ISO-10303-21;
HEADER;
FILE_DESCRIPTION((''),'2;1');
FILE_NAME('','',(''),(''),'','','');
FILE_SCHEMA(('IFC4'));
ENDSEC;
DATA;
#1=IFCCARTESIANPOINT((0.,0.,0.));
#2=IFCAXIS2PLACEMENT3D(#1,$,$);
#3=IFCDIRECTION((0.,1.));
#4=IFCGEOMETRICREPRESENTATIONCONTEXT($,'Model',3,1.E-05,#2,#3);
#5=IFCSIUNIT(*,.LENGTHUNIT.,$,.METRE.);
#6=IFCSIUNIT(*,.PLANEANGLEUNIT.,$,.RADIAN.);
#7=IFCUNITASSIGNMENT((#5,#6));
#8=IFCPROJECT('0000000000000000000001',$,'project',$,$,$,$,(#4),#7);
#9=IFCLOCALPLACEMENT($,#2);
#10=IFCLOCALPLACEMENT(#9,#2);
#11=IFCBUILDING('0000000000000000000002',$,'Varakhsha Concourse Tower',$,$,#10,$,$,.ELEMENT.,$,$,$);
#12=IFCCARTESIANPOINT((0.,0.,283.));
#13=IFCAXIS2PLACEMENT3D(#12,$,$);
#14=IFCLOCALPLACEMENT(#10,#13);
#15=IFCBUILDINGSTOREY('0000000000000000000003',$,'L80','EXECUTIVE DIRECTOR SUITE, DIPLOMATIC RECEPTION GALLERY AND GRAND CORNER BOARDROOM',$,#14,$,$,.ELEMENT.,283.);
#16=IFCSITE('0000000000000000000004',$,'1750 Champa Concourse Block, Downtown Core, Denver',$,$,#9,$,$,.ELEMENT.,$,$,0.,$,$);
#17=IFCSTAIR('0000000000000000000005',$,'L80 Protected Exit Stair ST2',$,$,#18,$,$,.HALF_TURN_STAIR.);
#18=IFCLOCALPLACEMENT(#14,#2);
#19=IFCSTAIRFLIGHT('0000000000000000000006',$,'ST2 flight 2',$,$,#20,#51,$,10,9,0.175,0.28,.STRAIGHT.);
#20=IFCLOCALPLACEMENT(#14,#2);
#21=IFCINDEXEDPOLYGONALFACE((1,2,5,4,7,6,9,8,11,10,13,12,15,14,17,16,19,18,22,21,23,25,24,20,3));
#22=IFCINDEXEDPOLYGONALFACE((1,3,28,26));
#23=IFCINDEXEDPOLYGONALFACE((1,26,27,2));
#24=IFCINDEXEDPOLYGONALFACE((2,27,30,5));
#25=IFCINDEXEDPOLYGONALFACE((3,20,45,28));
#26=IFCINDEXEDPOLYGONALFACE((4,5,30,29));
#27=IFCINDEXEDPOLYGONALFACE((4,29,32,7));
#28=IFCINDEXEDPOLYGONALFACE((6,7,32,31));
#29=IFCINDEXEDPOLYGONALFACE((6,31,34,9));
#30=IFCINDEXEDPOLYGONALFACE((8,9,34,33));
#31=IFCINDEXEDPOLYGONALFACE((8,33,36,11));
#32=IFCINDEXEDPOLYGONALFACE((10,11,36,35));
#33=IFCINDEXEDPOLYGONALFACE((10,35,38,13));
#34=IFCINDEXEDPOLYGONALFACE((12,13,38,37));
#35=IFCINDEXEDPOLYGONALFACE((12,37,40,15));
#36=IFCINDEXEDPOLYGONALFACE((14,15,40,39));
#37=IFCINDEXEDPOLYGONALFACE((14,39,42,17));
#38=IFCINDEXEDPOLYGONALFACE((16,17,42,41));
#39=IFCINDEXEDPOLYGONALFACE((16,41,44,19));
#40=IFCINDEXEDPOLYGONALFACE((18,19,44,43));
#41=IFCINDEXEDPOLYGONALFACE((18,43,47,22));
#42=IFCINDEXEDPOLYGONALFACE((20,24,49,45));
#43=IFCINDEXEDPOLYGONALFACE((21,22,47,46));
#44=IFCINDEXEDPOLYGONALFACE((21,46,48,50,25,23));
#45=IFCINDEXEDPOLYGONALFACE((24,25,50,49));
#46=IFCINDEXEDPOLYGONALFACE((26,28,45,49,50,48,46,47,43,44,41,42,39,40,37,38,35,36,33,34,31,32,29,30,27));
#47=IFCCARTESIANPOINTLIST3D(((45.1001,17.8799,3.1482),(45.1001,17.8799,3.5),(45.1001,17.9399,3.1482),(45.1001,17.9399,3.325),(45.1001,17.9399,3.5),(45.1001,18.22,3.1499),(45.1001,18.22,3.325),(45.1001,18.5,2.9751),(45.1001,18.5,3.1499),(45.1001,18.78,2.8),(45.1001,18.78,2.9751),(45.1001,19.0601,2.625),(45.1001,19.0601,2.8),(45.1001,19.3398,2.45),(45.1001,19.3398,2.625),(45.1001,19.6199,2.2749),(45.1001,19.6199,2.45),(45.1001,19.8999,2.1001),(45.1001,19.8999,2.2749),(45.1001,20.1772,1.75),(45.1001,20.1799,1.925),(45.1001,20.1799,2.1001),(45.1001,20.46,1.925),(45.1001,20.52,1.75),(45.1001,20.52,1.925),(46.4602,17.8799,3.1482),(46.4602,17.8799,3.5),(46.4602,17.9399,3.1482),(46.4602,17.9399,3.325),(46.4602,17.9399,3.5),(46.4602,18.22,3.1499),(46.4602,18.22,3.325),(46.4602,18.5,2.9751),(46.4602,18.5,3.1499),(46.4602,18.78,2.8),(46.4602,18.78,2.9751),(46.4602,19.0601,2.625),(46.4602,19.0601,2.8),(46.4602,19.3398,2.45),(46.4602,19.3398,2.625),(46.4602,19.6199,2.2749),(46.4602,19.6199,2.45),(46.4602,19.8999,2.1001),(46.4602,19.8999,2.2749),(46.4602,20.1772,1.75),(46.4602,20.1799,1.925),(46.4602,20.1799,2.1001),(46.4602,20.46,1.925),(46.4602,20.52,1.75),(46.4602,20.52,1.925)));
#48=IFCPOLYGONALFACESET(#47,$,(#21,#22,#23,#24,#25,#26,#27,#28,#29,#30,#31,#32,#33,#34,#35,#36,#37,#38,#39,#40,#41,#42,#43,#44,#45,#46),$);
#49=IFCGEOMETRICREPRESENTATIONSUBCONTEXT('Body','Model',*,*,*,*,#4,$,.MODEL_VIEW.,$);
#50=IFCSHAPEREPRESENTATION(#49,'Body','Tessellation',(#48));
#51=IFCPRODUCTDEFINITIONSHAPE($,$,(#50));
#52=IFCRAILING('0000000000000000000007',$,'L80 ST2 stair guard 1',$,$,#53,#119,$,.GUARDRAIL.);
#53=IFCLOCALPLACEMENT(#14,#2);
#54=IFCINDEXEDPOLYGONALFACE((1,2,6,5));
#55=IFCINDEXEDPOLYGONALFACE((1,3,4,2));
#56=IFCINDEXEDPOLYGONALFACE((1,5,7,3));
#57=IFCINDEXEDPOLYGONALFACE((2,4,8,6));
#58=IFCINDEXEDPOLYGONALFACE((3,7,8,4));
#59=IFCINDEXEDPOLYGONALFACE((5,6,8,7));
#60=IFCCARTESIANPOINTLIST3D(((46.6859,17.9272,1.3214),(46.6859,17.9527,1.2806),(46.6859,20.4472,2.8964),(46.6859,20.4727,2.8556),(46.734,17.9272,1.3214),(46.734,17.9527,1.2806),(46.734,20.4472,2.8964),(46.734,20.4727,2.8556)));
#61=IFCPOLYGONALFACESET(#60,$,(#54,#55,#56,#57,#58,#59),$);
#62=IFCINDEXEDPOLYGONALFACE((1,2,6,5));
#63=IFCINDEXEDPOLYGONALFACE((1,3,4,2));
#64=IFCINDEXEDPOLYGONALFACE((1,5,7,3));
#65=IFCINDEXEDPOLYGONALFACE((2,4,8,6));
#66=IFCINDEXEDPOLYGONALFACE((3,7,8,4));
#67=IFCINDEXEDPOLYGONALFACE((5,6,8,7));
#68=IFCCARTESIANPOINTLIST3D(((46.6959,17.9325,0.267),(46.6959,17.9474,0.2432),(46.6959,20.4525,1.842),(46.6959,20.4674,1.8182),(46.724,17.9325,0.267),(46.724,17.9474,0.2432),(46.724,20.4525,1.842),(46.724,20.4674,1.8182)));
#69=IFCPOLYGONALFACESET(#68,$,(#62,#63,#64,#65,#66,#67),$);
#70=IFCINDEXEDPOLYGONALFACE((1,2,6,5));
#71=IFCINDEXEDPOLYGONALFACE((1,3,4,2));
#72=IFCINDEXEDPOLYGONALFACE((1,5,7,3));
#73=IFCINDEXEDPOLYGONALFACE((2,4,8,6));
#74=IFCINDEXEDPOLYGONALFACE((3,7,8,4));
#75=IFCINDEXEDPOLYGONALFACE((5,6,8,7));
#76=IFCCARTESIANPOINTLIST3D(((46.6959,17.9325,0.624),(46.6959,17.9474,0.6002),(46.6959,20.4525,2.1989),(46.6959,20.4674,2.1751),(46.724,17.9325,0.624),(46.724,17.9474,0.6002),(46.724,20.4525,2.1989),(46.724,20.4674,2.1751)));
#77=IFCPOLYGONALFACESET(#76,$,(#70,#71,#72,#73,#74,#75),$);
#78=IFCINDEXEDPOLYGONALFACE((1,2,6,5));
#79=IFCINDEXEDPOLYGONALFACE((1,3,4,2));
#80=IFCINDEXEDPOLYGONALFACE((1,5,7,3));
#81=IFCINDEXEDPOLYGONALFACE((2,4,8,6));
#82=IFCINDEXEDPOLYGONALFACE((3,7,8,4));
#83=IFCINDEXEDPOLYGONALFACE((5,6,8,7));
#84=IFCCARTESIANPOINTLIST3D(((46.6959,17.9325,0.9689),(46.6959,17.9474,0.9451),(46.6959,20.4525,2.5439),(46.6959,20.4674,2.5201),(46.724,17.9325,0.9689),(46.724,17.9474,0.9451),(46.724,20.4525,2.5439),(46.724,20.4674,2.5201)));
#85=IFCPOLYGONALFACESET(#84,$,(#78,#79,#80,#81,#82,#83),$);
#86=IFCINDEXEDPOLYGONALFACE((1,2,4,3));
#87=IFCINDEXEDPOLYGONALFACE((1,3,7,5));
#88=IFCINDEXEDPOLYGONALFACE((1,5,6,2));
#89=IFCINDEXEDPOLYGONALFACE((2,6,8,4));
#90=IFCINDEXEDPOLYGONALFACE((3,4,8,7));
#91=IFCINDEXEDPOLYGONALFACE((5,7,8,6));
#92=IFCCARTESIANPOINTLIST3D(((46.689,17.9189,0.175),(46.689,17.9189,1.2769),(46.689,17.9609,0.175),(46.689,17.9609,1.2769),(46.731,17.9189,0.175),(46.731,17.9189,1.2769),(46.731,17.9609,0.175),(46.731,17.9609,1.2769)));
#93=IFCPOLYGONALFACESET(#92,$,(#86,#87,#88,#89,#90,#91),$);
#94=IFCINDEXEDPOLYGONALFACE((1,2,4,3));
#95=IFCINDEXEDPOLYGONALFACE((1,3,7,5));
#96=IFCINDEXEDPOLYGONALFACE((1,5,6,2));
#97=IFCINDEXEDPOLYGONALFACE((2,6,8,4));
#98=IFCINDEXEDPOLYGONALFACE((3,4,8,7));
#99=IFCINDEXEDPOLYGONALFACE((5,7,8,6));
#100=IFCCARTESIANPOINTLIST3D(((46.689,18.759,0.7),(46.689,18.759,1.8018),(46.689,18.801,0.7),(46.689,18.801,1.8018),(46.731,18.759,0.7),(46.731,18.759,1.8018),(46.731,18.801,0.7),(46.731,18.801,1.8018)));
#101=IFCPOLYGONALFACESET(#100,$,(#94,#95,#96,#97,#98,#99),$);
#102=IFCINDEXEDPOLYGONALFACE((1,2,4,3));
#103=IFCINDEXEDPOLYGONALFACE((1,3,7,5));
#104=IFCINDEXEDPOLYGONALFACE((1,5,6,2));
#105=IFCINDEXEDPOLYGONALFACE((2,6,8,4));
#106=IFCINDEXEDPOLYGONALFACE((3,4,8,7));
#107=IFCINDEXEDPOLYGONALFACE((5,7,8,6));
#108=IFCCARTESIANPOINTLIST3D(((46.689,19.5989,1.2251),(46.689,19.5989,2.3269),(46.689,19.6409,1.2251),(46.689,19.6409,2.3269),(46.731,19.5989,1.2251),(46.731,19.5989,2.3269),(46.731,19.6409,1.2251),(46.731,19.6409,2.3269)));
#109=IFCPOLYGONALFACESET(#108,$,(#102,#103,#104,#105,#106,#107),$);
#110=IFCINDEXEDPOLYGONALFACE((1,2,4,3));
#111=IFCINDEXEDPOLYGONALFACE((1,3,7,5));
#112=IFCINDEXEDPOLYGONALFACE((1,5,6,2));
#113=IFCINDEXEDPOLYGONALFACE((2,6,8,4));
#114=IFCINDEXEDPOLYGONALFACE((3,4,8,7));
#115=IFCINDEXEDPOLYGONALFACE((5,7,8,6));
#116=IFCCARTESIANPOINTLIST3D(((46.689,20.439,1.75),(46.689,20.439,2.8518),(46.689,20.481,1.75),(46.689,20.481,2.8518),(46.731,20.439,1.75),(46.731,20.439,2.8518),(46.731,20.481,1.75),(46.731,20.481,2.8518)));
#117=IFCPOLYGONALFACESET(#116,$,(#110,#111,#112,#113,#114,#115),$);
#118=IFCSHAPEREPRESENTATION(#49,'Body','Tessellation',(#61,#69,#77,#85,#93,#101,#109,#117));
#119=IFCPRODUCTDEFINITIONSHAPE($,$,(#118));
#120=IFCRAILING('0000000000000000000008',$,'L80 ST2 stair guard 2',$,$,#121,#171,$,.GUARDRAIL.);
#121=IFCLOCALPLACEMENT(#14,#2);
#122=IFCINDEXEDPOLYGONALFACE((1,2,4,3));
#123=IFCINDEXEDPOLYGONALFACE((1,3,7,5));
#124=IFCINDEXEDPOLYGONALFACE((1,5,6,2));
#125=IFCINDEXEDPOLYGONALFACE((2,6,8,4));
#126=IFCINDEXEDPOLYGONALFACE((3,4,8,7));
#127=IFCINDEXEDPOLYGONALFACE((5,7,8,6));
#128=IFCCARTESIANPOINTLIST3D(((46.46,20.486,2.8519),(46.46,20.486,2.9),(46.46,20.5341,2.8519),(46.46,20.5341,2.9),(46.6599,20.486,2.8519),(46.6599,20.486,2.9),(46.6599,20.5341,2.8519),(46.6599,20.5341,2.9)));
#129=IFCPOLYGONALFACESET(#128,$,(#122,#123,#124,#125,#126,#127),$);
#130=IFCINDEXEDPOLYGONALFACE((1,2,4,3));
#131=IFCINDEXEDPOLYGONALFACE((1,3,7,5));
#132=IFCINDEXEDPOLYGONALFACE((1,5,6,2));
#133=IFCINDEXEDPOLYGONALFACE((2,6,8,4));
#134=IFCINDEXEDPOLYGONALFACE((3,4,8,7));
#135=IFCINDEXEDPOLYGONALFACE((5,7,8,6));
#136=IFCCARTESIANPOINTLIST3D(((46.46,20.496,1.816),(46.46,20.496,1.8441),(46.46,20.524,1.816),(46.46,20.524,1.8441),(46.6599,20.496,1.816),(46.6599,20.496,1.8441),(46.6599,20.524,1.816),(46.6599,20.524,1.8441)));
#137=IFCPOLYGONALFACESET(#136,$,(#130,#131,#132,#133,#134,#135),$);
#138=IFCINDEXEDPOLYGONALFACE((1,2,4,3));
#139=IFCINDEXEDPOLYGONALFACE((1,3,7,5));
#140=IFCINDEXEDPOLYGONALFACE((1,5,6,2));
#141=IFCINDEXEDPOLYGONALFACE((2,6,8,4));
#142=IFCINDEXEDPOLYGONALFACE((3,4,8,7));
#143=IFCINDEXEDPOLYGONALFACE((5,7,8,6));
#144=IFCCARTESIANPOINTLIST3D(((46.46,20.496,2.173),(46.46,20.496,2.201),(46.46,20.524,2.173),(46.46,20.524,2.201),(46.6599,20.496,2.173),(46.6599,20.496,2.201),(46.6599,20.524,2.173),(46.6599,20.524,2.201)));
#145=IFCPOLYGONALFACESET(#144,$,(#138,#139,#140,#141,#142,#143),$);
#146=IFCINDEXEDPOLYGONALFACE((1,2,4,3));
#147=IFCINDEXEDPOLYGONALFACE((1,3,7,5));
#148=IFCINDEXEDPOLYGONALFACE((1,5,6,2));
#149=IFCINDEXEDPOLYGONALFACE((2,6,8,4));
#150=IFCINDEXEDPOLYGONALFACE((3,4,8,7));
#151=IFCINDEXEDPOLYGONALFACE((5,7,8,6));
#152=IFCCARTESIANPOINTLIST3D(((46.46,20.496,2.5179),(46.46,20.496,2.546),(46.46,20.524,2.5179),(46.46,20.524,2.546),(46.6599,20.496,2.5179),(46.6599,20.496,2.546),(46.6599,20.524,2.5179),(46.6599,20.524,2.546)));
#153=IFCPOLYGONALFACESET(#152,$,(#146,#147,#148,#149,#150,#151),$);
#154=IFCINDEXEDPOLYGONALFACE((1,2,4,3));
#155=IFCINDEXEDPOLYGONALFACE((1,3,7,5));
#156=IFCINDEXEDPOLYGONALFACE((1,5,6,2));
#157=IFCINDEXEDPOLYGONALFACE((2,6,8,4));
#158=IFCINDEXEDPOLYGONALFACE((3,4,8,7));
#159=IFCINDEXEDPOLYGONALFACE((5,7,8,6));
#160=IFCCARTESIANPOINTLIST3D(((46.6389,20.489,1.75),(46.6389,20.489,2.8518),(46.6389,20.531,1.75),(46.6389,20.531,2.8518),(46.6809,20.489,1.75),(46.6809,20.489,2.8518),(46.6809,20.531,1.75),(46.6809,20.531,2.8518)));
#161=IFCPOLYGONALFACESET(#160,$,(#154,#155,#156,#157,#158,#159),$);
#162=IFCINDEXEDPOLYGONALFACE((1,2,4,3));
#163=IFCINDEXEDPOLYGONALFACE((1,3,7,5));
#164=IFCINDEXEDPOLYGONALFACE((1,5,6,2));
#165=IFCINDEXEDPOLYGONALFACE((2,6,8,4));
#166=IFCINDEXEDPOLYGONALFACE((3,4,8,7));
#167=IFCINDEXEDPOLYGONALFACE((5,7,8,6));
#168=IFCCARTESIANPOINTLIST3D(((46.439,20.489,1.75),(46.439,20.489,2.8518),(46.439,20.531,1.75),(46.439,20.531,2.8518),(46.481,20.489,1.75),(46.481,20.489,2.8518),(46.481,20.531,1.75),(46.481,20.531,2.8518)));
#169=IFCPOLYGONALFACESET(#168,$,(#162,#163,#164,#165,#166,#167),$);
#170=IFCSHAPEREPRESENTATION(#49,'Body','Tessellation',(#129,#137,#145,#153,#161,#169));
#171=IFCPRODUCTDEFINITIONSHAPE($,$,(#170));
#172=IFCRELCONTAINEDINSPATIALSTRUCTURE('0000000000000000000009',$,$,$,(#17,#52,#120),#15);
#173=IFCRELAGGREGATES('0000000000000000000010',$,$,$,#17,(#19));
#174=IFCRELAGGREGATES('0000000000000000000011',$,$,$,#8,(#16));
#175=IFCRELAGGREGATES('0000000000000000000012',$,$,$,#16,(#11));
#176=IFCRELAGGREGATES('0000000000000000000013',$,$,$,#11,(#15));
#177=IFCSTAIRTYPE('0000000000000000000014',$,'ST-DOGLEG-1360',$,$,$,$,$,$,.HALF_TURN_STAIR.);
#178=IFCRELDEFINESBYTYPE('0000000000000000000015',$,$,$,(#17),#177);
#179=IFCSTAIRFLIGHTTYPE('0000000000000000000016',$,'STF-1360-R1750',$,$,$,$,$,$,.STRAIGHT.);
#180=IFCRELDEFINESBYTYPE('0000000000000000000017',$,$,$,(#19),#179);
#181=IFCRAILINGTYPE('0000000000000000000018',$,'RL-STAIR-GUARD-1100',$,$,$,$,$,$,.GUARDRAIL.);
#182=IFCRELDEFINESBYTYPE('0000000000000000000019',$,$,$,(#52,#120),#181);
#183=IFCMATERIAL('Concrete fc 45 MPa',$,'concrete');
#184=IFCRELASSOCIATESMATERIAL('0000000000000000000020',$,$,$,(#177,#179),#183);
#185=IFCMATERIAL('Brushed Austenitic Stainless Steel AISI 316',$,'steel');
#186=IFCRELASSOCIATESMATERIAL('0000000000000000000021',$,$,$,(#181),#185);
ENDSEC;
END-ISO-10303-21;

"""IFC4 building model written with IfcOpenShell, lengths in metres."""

from ifc_helpers import new_model, si_unit, direction, frame, origin, origin_2d, place, context, subcontext, project, spatial, polyline, rectangle, outline, extrude, material, type_object, element, aggregate, save


model = new_model("IFC4")

# Units and contexts
model_context = context("Model", 3, precision=1e-05, world=origin(), true_north=direction((0.0, 1.0)))
body_context = subcontext(model_context, "Body", "Model", "MODEL_VIEW")
ifc_project = project(units=[si_unit("LENGTHUNIT", "METRE"), si_unit("PLANEANGLEUNIT", "RADIAN")], contexts=[model_context])

# Site, building, storey
site_placement = place(None, origin())
site = spatial("IfcSite", under=ifc_project, at=site_placement, Name="1750 Champa Concourse Block, Downtown Core, Denver", CompositionType="ELEMENT", RefElevation=0.0)
building_placement = place(site_placement, origin())
building = spatial("IfcBuilding", under=site, at=building_placement, Name="Varakhsha Concourse Tower", CompositionType="ELEMENT")
storey_placement = place(building_placement, frame((0.0, 0.0, 283.0)))
storey = spatial("IfcBuildingStorey", under=building, at=storey_placement, Name="L80", Description="EXECUTIVE DIRECTOR SUITE, DIPLOMATIC RECEPTION GALLERY AND GRAND CORNER BOARDROOM", CompositionType="ELEMENT", Elevation=283.0)

# Shared definitions
ifc_material_1 = material(Name="Concrete fc 45 MPa", Category="concrete")

# Stair, stair flight
stair_type = type_object("IfcStairType", Name="ST-DOGLEG-1360", PredefinedType="HALF_TURN_STAIR", material=ifc_material_1)
stair_placement = place(storey_placement, origin())
stair = element("IfcStair", 1, at=stair_placement, inside=storey, type_object=stair_type, Name="L80 Protected Exit Stair ST2", PredefinedType="HALF_TURN_STAIR")
stair_flight_type = type_object("IfcStairFlightType", Name="STF-1360-R1750", PredefinedType="STRAIGHT", material=ifc_material_1)
stair_flight_1_placement = place(storey_placement, frame((45.78, 20.46, 1.75), z_axis=(0.0, 0.0, 1.0), x_axis=(0.0, -1.0, 0.0)))
stair_flight_1 = element("IfcStairFlight", 2, at=stair_flight_1_placement, type_object=stair_flight_type, Name="ST2 flight 2", NumberOfRisers=10, NumberOfTreads=9, PredefinedType="STRAIGHT", RiserHeight=0.175, TreadLength=0.28, context=body_context, shape_type="SweptSolid", body=[
    extrude(outline(polyline([(-0.0601, 0.0), (-0.0601, 0.175), (0.0, 0.175), (0.28, 0.175), (0.28, 0.3501), (0.5601, 0.3501), (0.5601, 0.5249), (0.8401, 0.5249), (0.8401, 0.7), (1.1201, 0.7), (1.1201, 0.875), (1.3999, 0.875), (1.3999, 1.05), (1.6799, 1.05), (1.6799, 1.2251), (1.96, 1.2251), (1.96, 1.3999), (2.24, 1.3999), (2.24, 1.575), (2.52, 1.575), (2.52, 1.75), (2.5801, 1.75), (2.5801, 1.3982), (2.52, 1.3982), (0.2827, 0.0), (-0.0601, 0.0)])), frame((0.0, 0.6802, 0.0), z_axis=(0.0, -1.0, 0.0), x_axis=(1.0, 0.0, 0.0)), (0.0, 0.0, 1.0), 1.3601),
])
aggregate(stair, [stair_flight_1])

# Railings
ifc_material_2 = material(Name="Brushed Austenitic Stainless Steel AISI 316", Category="steel")
railing_type_1 = type_object("IfcRailingType", Name="RL-STAIR-GUARD-1100", PredefinedType="GUARDRAIL", material=ifc_material_2)
railing_1_placement = place(storey_placement, frame((46.71, 17.9399, 0.175)))
element("IfcRailing", 3, at=railing_1_placement, inside=storey, type_object=railing_type_1, Name="L80 ST2 stair guard 1", PredefinedType="GUARDRAIL", context=body_context, shape_type="SweptSolid", body=[
    extrude(rectangle(XDim=0.0481, YDim=0.0481, at=origin_2d()), frame((0.0, 0.0, 1.126), z_axis=(0.0, 0.848008, 0.529984), x_axis=(-1.0, 0.0, 0.0)), (0.0, 0.0, 1.0), 2.9717),
    extrude(rectangle(XDim=0.0281, YDim=0.0281, at=origin_2d()), frame((0.0, 0.0, 0.0801), z_axis=(0.0, 0.848008, 0.529984), x_axis=(-1.0, 0.0, 0.0)), (0.0, 0.0, 1.0), 2.9717),
    extrude(rectangle(XDim=0.0281, YDim=0.0281, at=origin_2d()), frame((0.0, 0.0, 0.437), z_axis=(0.0, 0.848008, 0.529984), x_axis=(-1.0, 0.0, 0.0)), (0.0, 0.0, 1.0), 2.9717),
    extrude(rectangle(XDim=0.0281, YDim=0.0281, at=origin_2d()), frame((0.0, 0.0, 0.782), z_axis=(0.0, 0.848008, 0.529984), x_axis=(-1.0, 0.0, 0.0)), (0.0, 0.0, 1.0), 2.9717),
    extrude(rectangle(XDim=0.042, YDim=0.042, at=origin_2d()), origin(), (0.0, 0.0, 1.0), 1.1018),
    extrude(rectangle(XDim=0.042, YDim=0.042, at=origin_2d()), frame((0.0, 0.8401, 0.5249)), (0.0, 0.0, 1.0), 1.1018),
    extrude(rectangle(XDim=0.042, YDim=0.042, at=origin_2d()), frame((0.0, 1.6799, 1.05)), (0.0, 0.0, 1.0), 1.1018),
    extrude(rectangle(XDim=0.042, YDim=0.042, at=origin_2d()), frame((0.0, 2.52, 1.575)), (0.0, 0.0, 1.0), 1.1018),
])
railing_2_placement = place(storey_placement, frame((46.6599, 20.51, 1.75)))
element("IfcRailing", 4, at=railing_2_placement, inside=storey, type_object=railing_type_1, Name="L80 ST2 stair guard 2", PredefinedType="GUARDRAIL", context=body_context, shape_type="SweptSolid", body=[
    extrude(rectangle(XDim=0.0481, YDim=0.0481, at=origin_2d()), frame((0.0, 0.0, 1.126), z_axis=(-1.0, 0.0, 0.0), x_axis=(0.0, -1.0, 0.0)), (0.0, 0.0, 1.0), 0.2),
    extrude(rectangle(XDim=0.0281, YDim=0.0281, at=origin_2d()), frame((0.0, 0.0, 0.0801), z_axis=(-1.0, 0.0, 0.0), x_axis=(0.0, -1.0, 0.0)), (0.0, 0.0, 1.0), 0.2),
    extrude(rectangle(XDim=0.0281, YDim=0.0281, at=origin_2d()), frame((0.0, 0.0, 0.437), z_axis=(-1.0, 0.0, 0.0), x_axis=(0.0, -1.0, 0.0)), (0.0, 0.0, 1.0), 0.2),
    extrude(rectangle(XDim=0.0281, YDim=0.0281, at=origin_2d()), frame((0.0, 0.0, 0.782), z_axis=(-1.0, 0.0, 0.0), x_axis=(0.0, -1.0, 0.0)), (0.0, 0.0, 1.0), 0.2),
    extrude(rectangle(XDim=0.042, YDim=0.042, at=origin_2d()), origin(), (0.0, 0.0, 1.0), 1.1018),
    extrude(rectangle(XDim=0.042, YDim=0.042, at=origin_2d()), frame((-0.2, 0.0, 0.0)), (0.0, 0.0, 1.0), 1.1018),
])

save(model, "model.ifc")
